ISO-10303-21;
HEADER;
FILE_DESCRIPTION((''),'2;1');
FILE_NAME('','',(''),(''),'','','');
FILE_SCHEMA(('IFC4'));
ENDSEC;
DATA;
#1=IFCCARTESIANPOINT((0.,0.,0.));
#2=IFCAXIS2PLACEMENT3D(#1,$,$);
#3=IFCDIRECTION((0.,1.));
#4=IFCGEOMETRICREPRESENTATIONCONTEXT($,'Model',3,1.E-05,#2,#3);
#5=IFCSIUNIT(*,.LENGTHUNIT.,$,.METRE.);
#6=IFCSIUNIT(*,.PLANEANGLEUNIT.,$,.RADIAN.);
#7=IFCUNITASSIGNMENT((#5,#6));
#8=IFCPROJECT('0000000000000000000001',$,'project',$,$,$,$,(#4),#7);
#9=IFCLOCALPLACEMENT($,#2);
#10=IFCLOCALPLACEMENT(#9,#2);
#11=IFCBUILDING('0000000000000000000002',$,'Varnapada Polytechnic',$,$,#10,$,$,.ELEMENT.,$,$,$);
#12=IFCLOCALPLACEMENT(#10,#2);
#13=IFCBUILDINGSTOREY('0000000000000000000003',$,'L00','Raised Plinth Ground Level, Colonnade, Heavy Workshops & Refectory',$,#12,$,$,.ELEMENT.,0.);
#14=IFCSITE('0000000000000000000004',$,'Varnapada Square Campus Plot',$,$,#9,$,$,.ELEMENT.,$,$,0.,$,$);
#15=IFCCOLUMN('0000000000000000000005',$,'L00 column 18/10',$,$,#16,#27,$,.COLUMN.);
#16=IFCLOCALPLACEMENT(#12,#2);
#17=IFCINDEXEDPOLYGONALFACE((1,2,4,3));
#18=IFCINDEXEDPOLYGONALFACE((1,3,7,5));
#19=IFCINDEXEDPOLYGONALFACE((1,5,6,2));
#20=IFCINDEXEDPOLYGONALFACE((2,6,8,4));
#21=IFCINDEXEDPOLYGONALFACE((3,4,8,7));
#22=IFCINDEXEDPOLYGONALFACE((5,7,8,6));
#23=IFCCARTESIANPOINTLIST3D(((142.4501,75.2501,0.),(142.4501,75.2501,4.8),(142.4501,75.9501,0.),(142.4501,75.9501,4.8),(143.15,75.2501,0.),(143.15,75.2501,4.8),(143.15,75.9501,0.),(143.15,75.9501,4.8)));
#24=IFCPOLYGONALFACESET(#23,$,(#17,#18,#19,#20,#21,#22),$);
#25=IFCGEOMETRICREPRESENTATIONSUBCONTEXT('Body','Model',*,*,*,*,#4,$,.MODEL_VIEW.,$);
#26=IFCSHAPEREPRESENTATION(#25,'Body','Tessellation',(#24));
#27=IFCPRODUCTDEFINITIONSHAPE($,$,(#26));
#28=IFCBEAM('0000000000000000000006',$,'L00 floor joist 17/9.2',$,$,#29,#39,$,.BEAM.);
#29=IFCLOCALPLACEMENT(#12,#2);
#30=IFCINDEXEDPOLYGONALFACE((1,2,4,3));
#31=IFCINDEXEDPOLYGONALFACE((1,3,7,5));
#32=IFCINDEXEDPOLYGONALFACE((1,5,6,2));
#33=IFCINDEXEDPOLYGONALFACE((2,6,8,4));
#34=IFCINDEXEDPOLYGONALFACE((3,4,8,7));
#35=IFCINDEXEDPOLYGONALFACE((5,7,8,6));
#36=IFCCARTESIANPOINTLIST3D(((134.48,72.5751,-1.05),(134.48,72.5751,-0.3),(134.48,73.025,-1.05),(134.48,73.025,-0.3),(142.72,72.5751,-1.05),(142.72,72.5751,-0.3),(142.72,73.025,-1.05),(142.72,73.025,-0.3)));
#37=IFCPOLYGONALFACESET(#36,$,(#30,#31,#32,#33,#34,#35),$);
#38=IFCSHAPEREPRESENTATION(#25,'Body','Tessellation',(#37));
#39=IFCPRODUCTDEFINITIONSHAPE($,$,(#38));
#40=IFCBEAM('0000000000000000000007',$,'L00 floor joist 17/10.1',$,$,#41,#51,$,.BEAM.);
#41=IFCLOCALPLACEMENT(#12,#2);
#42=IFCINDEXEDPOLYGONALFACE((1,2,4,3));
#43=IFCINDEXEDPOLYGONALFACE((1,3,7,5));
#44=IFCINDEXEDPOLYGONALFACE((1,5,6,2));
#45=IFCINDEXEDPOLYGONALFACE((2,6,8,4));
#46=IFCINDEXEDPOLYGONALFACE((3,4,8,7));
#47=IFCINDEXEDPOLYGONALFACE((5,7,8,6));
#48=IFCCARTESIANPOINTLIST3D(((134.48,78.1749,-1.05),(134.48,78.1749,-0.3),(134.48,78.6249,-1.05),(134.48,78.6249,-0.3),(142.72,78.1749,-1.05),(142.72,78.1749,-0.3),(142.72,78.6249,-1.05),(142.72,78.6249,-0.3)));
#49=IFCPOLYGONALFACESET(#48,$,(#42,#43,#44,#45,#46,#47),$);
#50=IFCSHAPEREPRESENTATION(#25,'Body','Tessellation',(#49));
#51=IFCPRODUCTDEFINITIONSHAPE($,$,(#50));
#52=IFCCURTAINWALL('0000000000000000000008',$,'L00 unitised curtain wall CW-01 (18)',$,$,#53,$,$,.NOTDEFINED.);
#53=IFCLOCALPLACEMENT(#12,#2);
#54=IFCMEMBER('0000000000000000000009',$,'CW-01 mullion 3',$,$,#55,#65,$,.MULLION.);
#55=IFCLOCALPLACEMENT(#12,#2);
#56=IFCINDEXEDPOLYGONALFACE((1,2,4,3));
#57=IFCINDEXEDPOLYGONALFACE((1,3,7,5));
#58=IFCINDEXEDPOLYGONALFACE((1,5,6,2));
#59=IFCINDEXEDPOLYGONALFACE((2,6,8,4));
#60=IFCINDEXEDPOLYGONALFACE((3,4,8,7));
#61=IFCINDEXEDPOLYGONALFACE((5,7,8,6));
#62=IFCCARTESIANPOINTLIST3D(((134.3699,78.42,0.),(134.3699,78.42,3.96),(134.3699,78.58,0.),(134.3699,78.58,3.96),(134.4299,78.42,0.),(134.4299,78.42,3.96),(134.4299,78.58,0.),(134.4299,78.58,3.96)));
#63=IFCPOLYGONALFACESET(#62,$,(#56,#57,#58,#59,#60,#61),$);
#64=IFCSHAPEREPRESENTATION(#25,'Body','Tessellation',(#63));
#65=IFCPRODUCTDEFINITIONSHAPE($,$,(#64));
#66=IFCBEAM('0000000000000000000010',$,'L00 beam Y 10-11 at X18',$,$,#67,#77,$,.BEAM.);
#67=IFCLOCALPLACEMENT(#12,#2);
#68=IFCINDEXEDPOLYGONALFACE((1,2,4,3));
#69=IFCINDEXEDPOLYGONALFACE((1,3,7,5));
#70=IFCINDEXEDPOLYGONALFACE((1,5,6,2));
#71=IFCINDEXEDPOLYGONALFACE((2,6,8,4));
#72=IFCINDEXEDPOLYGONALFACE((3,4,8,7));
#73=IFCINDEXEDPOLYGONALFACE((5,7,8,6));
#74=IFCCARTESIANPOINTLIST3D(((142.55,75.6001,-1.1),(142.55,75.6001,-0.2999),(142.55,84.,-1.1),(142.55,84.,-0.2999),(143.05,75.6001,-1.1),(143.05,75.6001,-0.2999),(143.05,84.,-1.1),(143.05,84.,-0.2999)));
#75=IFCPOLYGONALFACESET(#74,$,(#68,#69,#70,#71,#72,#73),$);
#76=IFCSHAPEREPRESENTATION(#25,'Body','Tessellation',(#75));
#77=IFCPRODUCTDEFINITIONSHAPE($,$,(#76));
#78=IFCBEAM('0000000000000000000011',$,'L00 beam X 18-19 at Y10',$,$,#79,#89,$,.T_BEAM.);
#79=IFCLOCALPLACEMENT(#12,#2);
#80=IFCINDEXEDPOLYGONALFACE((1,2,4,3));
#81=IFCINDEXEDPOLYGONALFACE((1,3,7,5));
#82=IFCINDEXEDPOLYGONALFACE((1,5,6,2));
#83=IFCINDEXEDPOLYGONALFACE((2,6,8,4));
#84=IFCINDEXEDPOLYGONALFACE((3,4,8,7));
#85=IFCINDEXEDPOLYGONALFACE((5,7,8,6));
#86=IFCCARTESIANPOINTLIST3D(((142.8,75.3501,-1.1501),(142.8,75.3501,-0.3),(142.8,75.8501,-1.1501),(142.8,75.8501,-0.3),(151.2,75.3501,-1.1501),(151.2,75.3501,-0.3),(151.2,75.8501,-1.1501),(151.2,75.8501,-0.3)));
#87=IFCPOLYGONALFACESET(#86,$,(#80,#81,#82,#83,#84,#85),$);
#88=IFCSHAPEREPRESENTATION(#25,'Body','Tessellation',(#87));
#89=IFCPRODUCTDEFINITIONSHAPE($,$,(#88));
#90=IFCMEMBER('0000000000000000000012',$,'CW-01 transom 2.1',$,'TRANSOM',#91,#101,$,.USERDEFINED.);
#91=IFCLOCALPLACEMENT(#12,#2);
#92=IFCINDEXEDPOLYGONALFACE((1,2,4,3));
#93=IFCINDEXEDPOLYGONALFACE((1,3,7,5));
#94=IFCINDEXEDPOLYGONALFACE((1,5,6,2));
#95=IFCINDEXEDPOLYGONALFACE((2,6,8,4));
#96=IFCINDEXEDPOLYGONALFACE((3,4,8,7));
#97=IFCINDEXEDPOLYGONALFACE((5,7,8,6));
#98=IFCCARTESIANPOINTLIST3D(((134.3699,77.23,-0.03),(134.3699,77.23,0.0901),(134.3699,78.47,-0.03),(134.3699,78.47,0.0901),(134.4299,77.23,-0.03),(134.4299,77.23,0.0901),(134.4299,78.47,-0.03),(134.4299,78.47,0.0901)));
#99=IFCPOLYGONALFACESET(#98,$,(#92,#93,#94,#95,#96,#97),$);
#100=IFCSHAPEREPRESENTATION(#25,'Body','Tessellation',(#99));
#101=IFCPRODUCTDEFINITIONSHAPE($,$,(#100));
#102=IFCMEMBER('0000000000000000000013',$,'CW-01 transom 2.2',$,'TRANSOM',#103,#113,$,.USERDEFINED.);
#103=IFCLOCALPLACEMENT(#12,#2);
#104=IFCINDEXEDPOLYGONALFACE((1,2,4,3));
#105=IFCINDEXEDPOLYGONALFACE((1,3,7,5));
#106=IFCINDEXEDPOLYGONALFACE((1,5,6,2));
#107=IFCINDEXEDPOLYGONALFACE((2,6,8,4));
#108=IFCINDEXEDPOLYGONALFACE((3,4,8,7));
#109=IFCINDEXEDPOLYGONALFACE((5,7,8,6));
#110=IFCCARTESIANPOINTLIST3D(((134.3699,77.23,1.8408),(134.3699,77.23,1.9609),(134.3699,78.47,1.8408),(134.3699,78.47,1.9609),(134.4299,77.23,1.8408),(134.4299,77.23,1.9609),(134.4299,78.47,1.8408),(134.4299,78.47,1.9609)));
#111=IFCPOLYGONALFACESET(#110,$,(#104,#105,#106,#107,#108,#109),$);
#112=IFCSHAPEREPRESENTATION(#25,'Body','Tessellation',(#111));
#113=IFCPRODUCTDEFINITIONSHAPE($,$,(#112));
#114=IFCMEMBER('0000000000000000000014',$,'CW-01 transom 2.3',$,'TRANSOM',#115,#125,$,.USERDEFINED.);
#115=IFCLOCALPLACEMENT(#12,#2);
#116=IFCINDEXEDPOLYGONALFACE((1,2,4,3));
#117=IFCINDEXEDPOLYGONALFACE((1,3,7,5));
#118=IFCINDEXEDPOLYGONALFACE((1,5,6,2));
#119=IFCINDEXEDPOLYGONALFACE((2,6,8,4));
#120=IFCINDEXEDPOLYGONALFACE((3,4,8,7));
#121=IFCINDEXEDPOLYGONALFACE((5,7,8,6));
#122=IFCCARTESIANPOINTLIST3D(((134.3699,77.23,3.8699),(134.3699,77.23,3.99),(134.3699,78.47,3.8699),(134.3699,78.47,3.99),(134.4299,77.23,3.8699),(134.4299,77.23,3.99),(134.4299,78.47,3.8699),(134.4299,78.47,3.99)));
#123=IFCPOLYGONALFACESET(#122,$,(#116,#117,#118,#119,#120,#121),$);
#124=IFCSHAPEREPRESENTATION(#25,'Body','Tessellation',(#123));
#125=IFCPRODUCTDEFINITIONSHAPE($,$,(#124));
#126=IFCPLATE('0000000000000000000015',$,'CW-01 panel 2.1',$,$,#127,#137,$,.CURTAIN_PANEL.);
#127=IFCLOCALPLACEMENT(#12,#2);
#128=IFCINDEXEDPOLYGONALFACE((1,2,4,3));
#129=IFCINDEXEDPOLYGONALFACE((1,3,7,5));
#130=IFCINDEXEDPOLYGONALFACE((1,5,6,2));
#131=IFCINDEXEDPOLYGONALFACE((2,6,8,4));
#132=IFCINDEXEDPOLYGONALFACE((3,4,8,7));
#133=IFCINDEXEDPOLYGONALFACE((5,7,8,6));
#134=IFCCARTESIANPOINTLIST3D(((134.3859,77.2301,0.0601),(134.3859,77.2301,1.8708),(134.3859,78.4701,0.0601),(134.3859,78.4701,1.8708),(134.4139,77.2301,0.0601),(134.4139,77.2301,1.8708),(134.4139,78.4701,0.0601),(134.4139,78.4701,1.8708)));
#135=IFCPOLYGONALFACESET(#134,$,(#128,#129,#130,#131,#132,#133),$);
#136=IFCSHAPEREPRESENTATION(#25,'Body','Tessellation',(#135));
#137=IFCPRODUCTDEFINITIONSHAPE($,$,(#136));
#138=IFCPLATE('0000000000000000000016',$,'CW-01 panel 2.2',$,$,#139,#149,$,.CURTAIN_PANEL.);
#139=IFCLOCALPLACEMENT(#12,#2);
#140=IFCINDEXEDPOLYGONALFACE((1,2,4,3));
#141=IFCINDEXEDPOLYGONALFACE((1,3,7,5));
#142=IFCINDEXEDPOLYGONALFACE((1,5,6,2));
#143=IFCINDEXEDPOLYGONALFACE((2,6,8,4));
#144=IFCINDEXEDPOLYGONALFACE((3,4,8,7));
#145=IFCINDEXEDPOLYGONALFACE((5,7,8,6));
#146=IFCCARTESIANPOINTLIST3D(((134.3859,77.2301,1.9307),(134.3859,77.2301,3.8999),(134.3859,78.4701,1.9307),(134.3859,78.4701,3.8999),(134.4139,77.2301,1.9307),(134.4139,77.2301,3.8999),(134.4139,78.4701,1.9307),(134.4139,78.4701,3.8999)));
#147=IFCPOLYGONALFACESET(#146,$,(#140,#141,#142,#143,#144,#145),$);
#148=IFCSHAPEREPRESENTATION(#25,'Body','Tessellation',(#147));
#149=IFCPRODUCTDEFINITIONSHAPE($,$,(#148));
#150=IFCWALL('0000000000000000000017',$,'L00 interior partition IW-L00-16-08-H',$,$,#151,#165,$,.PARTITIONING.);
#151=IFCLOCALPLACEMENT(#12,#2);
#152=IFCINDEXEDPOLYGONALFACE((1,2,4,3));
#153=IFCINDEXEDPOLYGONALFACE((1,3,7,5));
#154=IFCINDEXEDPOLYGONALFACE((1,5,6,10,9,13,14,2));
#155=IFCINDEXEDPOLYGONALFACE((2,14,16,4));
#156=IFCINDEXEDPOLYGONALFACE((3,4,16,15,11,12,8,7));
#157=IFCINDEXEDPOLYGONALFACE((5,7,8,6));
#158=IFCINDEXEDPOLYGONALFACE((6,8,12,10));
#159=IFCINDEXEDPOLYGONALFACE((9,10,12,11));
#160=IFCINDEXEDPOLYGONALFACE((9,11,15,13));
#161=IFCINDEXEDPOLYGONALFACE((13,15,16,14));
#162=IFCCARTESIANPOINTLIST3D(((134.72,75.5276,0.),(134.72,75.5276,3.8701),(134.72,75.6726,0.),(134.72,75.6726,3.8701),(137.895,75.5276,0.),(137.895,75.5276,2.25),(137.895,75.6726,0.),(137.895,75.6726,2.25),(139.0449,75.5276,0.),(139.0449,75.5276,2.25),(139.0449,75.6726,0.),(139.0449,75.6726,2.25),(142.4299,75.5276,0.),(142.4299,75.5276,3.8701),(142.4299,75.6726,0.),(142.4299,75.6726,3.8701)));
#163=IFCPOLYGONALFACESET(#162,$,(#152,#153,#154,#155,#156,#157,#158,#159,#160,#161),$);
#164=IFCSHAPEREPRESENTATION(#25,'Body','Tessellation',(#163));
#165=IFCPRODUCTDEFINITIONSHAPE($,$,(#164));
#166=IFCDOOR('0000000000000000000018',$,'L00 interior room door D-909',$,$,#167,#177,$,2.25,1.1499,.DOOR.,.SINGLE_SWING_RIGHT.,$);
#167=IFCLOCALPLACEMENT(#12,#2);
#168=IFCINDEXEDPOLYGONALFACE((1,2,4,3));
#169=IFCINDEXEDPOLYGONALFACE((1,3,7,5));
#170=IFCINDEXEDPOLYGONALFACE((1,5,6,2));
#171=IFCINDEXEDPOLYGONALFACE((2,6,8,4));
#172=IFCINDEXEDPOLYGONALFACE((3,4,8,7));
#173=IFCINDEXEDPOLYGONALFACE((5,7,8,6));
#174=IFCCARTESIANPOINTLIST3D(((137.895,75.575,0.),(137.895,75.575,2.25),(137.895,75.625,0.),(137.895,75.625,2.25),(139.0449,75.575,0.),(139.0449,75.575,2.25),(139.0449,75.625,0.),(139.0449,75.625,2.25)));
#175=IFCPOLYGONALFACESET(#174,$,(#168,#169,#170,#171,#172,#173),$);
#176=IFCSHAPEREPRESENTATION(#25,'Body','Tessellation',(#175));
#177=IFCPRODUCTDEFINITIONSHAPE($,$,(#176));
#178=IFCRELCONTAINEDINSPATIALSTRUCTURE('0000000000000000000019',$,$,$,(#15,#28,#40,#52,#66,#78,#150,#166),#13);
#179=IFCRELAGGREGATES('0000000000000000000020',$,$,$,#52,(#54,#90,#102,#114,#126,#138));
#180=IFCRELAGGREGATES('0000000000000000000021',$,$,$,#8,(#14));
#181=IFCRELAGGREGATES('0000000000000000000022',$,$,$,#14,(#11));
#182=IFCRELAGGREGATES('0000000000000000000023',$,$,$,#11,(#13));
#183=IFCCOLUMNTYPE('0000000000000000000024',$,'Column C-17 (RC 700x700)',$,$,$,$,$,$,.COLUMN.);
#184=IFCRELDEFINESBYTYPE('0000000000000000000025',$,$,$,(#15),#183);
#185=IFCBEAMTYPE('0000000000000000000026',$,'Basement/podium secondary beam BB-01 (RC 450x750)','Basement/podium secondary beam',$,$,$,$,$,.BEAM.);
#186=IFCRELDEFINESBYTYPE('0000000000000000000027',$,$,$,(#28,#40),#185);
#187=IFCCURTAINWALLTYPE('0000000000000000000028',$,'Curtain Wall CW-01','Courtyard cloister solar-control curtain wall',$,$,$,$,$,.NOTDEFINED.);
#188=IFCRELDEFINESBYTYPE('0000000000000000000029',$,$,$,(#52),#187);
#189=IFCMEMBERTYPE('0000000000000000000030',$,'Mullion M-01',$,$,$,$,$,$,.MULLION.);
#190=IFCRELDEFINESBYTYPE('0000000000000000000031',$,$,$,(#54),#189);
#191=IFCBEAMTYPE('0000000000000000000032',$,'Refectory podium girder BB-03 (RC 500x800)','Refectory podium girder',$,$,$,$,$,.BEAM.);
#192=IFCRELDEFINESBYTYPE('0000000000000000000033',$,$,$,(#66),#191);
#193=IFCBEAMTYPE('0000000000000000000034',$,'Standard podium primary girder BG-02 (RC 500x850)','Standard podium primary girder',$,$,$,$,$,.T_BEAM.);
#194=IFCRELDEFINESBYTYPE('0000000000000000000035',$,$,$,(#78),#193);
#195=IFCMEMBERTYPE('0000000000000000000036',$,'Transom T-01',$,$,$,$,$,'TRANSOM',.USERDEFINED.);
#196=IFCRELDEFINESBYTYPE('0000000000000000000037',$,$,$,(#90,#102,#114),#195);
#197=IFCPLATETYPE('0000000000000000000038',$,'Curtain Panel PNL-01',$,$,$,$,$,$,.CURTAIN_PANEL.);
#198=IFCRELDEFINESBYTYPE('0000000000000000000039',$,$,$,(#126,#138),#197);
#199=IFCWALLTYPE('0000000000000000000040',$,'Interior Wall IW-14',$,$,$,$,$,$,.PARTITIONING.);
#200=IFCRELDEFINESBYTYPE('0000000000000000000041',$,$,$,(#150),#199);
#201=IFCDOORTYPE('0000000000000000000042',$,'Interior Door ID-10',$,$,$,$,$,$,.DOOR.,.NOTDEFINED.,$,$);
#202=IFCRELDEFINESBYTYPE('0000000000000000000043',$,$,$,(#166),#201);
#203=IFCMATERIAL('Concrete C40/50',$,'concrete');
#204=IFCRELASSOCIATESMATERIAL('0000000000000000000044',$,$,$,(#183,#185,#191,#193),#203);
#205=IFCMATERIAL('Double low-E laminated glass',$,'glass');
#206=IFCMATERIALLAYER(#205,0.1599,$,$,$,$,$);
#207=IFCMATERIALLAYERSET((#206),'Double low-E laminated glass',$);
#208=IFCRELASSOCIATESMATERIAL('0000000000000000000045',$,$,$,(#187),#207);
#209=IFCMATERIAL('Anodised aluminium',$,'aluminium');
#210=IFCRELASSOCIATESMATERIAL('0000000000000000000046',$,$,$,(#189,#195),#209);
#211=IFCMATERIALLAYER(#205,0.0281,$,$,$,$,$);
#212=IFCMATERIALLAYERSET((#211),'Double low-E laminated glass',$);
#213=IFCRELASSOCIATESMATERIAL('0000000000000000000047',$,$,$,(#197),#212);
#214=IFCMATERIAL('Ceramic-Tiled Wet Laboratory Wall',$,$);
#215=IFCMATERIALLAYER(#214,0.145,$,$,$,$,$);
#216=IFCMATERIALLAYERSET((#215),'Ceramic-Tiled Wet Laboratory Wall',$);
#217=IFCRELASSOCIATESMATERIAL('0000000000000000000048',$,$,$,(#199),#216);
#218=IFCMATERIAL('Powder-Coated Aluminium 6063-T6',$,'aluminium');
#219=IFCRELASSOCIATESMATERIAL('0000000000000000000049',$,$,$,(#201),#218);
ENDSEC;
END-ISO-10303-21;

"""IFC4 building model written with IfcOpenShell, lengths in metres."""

from ifc_helpers import new_model, si_unit, direction, frame, frame_2d, origin, origin_2d, place, context, subcontext, project, spatial, rectangle, extrude, material, layer, layer_set, material_profile, profile_set, type_object, element, fill, aggregate, save


model = new_model("IFC4")

# Units and contexts
model_context = context("Model", 3, precision=1e-05, world=origin(), true_north=direction((0.0, 1.0)))
body_context = subcontext(model_context, "Body", "Model", "MODEL_VIEW")
ifc_project = project(units=[si_unit("LENGTHUNIT", "METRE"), si_unit("PLANEANGLEUNIT", "RADIAN")], contexts=[model_context])

# Site, building, storey
site_placement = place(None, origin())
site = spatial("IfcSite", under=ifc_project, at=site_placement, Name="Varnapada Square Campus Plot", CompositionType="ELEMENT", RefElevation=0.0)
building_placement = place(site_placement, origin())
building = spatial("IfcBuilding", under=site, at=building_placement, Name="Varnapada Polytechnic", CompositionType="ELEMENT")
storey_placement = place(building_placement, origin())
storey = spatial("IfcBuildingStorey", under=building, at=storey_placement, Name="L00", Description="Raised Plinth Ground Level, Colonnade, Heavy Workshops & Refectory", CompositionType="ELEMENT", Elevation=0.0)

# Column
ifc_material_1 = material(Name="Concrete C40/50", Category="concrete")
ifc_material_profile_1 = material_profile(ifc_material_1, rectangle(XDim=0.7, YDim=0.7, at=origin_2d()), Name="RC 700x700")
ifc_profile_set_1 = profile_set([ifc_material_profile_1], Name="Concrete C40/50")
column_type = type_object("IfcColumnType", Name="Column C-17 (RC 700x700)", PredefinedType="COLUMN", material=ifc_profile_set_1)
column_placement = place(storey_placement, frame((142.8, 75.6001, 0.0), z_axis=(0.0, 0.0, 1.0), x_axis=(1.0, 0.0, 0.0)))
element("IfcColumn", 1, at=column_placement, inside=storey, type_object=column_type, Name="L00 column 18/10", PredefinedType="COLUMN", context=body_context, shape_type="SweptSolid", body=[
    extrude(rectangle(XDim=0.7, YDim=0.7, at=origin_2d()), origin(), (0.0, 0.0, 1.0), 4.8),
])

# Beams
ifc_material_profile_2 = material_profile(ifc_material_1, rectangle(XDim=0.45, YDim=0.75, at=origin_2d()), Name="RC 450x750")
ifc_profile_set_2 = profile_set([ifc_material_profile_2], Name="Concrete C40/50")
beam_type_1 = type_object("IfcBeamType", Name="Basement/podium secondary beam BB-01 (RC 450x750)", Description="Basement/podium secondary beam", PredefinedType="BEAM", material=ifc_profile_set_2)
for number, where, z_axis, x_axis, name in (
    (2, (134.48, 72.8, -0.675), (1.0, 0.0, 0.0), (0.0, 1.0, 0.0), "L00 floor joist 17/9.2"),
    (3, (134.48, 78.3999, -0.675), (1.0, 0.0, 0.0), (0.0, 1.0, 0.0), "L00 floor joist 17/10.1"),
):
    element("IfcBeam", number, at=place(storey_placement, frame(where, z_axis=z_axis, x_axis=x_axis)), inside=storey, type_object=beam_type_1, Name=name, PredefinedType="BEAM", context=body_context, shape_type="SweptSolid", body=[
        extrude(rectangle(XDim=0.45, YDim=0.75, at=origin_2d()), origin(), (0.0, 0.0, 1.0), 8.24),
    ])

# Curtain wall, member
ifc_material_2 = material(Name="Double low-E laminated glass", Category="glass")
ifc_layer_1 = layer(ifc_material_2, 0.1599)
ifc_layer_set_1 = layer_set([ifc_layer_1], Name="Double low-E laminated glass")
curtain_wall_type = type_object("IfcCurtainWallType", Name="Curtain Wall CW-01", Description="Courtyard cloister solar-control curtain wall", PredefinedType="NOTDEFINED", material=ifc_layer_set_1)
curtain_wall_placement = place(storey_placement, origin())
curtain_wall = element("IfcCurtainWall", 4, at=curtain_wall_placement, inside=storey, type_object=curtain_wall_type, Name="L00 unitised curtain wall CW-01 (18)", PredefinedType="NOTDEFINED")
ifc_material_3 = material(Name="Anodised aluminium", Category="aluminium")
ifc_material_profile_3 = material_profile(ifc_material_3, rectangle(XDim=0.0601, YDim=0.1599, at=origin_2d()), Name="ALU M60x160")
ifc_profile_set_3 = profile_set([ifc_material_profile_3], Name="Anodised aluminium")
member_type_1 = type_object("IfcMemberType", Name="Mullion M-01", PredefinedType="MULLION", material=ifc_profile_set_3)
member_1_placement = place(storey_placement, frame((134.3999, 78.5, 0.0), z_axis=(0.0, 0.0, 1.0), x_axis=(-1.0, 0.0, 0.0)))
member_1 = element("IfcMember", 5, at=member_1_placement, type_object=member_type_1, Name="CW-01 mullion 3", PredefinedType="MULLION", context=body_context, shape_type="SweptSolid", body=[
    extrude(rectangle(XDim=0.0601, YDim=0.1599, at=origin_2d()), origin(), (0.0, 0.0, 1.0), 3.96),
])

# Beams
ifc_material_profile_4 = material_profile(ifc_material_1, rectangle(XDim=0.5, YDim=0.8, at=origin_2d()), Name="RC 500x800")
ifc_profile_set_4 = profile_set([ifc_material_profile_4], Name="Concrete C40/50")
beam_type_2 = type_object("IfcBeamType", Name="Refectory podium girder BB-03 (RC 500x800)", Description="Refectory podium girder", PredefinedType="BEAM", material=ifc_profile_set_4)
beam_1_placement = place(storey_placement, frame((142.8, 75.6001, -0.7), z_axis=(0.0, 1.0, 0.0), x_axis=(-1.0, 0.0, 0.0)))
element("IfcBeam", 6, at=beam_1_placement, inside=storey, type_object=beam_type_2, Name="L00 beam Y 10-11 at X18", PredefinedType="BEAM", context=body_context, shape_type="SweptSolid", body=[
    extrude(rectangle(XDim=0.5, YDim=0.8, at=origin_2d()), origin(), (0.0, 0.0, 1.0), 8.3999),
])
ifc_material_profile_5 = material_profile(ifc_material_1, rectangle(XDim=0.5, YDim=0.8501, at=origin_2d()), Name="RC 500x850")
ifc_profile_set_5 = profile_set([ifc_material_profile_5], Name="Concrete C40/50")
beam_type_3 = type_object("IfcBeamType", Name="Standard podium primary girder BG-02 (RC 500x850)", Description="Standard podium primary girder", PredefinedType="T_BEAM", material=ifc_profile_set_5)
beam_2_placement = place(storey_placement, frame((142.8, 75.6001, -0.7251), z_axis=(1.0, 0.0, 0.0), x_axis=(0.0, 1.0, 0.0)))
element("IfcBeam", 7, at=beam_2_placement, inside=storey, type_object=beam_type_3, Name="L00 beam X 18-19 at Y10", PredefinedType="T_BEAM", context=body_context, shape_type="SweptSolid", body=[
    extrude(rectangle(XDim=0.5, YDim=0.8501, at=origin_2d()), origin(), (0.0, 0.0, 1.0), 8.3999),
])

# Members
ifc_material_profile_6 = material_profile(ifc_material_3, rectangle(XDim=0.0601, YDim=0.1201, at=origin_2d()), Name="ALU T60x120")
ifc_profile_set_6 = profile_set([ifc_material_profile_6], Name="Anodised aluminium")
member_type_2 = type_object("IfcMemberType", Name="Transom T-01", ElementType="TRANSOM", PredefinedType="USERDEFINED", material=ifc_profile_set_6)
member_2_placement = place(storey_placement, frame((134.3999, 77.23, 0.03), z_axis=(0.0, 1.0, 0.0), x_axis=(-1.0, 0.0, 0.0)))
member_2 = element("IfcMember", 8, at=member_2_placement, type_object=member_type_2, Name="CW-01 transom 2.1", ObjectType="TRANSOM", PredefinedType="USERDEFINED", context=body_context, shape_type="SweptSolid", body=[
    extrude(rectangle(XDim=0.0601, YDim=0.1201, at=origin_2d()), origin(), (0.0, 0.0, 1.0), 1.24),
])
member_3_placement = place(storey_placement, frame((134.3999, 77.23, 1.9009), z_axis=(0.0, 1.0, 0.0), x_axis=(-1.0, 0.0, 0.0)))
member_3 = element("IfcMember", 9, at=member_3_placement, type_object=member_type_2, Name="CW-01 transom 2.2", ObjectType="TRANSOM", PredefinedType="USERDEFINED", context=body_context, shape_type="SweptSolid", body=[
    extrude(rectangle(XDim=0.0601, YDim=0.1201, at=origin_2d()), origin(), (0.0, 0.0, 1.0), 1.24),
])
member_4_placement = place(storey_placement, frame((134.3999, 77.23, 3.9299), z_axis=(0.0, 1.0, 0.0), x_axis=(-1.0, 0.0, 0.0)))
member_4 = element("IfcMember", 10, at=member_4_placement, type_object=member_type_2, Name="CW-01 transom 2.3", ObjectType="TRANSOM", PredefinedType="USERDEFINED", context=body_context, shape_type="SweptSolid", body=[
    extrude(rectangle(XDim=0.0601, YDim=0.1201, at=origin_2d()), origin(), (0.0, 0.0, 1.0), 1.24),
])

# Plates
ifc_layer_2 = layer(ifc_material_2, 0.0281)
ifc_layer_set_2 = layer_set([ifc_layer_2], Name="Double low-E laminated glass")
plate_type = type_object("IfcPlateType", Name="Curtain Panel PNL-01", PredefinedType="CURTAIN_PANEL", material=ifc_layer_set_2)
plate_1_placement = place(storey_placement, frame((134.3999, 77.8501, 0.0601), z_axis=(0.0, 0.0, 1.0), x_axis=(0.0, 1.0, 0.0)))
plate_1 = element("IfcPlate", 11, at=plate_1_placement, type_object=plate_type, Name="CW-01 panel 2.1", PredefinedType="CURTAIN_PANEL", context=body_context, shape_type="SweptSolid", body=[
    extrude(rectangle(XDim=1.24, YDim=0.0281, at=origin_2d()), origin(), (0.0, 0.0, 1.0), 1.8108),
])
plate_2_placement = place(storey_placement, frame((134.3999, 77.8501, 1.9307), z_axis=(0.0, 0.0, 1.0), x_axis=(0.0, 1.0, 0.0)))
plate_2 = element("IfcPlate", 12, at=plate_2_placement, type_object=plate_type, Name="CW-01 panel 2.2", PredefinedType="CURTAIN_PANEL", context=body_context, shape_type="SweptSolid", body=[
    extrude(rectangle(XDim=1.24, YDim=0.0281, at=origin_2d()), origin(), (0.0, 0.0, 1.0), 1.9692),
])
aggregate(curtain_wall, [member_1, member_2, member_3, member_4, plate_1, plate_2])

# Wall, opening, door
ifc_material_4 = material(Name="Ceramic-Tiled Wet Laboratory Wall")
ifc_layer_3 = layer(ifc_material_4, 0.145)
ifc_layer_set_3 = layer_set([ifc_layer_3], Name="Ceramic-Tiled Wet Laboratory Wall")
wall_type_1 = type_object("IfcWallType", Name="Interior Wall IW-14", PredefinedType="PARTITIONING", material=ifc_layer_set_3)
wall_1_placement = place(storey_placement, frame((134.72, 75.6001, 0.0), z_axis=(0.0, 0.0, 1.0), x_axis=(1.0, 0.0, 0.0)))
wall_1 = element("IfcWall", 13, at=wall_1_placement, inside=storey, type_object=wall_type_1, Name="L00 interior partition IW-L00-16-08-H", PredefinedType="PARTITIONING", context=body_context, shape_type="SweptSolid", body=[
    extrude(rectangle(XDim=7.71, YDim=0.145, at=frame_2d((3.855, 0.0))), origin(), (0.0, 0.0, 1.0), 3.8701),
])
opening_placement = place(wall_1_placement, frame((3.175, 0.0, 0.0)))
opening = element("IfcOpeningElement", 14, at=opening_placement, cuts=wall_1, PredefinedType="OPENING", context=body_context, shape_type="SweptSolid", body=[
    extrude(rectangle(XDim=1.1499, YDim=2.25, at=frame_2d((0.575, 1.125))), frame((0.0, 0.0825, 0.0), z_axis=(0.0, -1.0, 0.0), x_axis=(1.0, 0.0, 0.0)), (0.0, 0.0, 1.0), 0.165),
])
ifc_material_5 = material(Name="Powder-Coated Aluminium 6063-T6", Category="aluminium")
door_type = type_object("IfcDoorType", Name="Interior Door ID-10", OperationType="NOTDEFINED", PredefinedType="DOOR", material=ifc_material_5)
door_placement = place(opening_placement, origin())
door = element("IfcDoor", 15, at=door_placement, inside=storey, type_object=door_type, Name="L00 interior room door D-909", OperationType="SINGLE_SWING_RIGHT", OverallHeight=2.25, OverallWidth=1.1499, PredefinedType="DOOR", context=body_context, shape_type="SweptSolid", body=[
    extrude(rectangle(XDim=1.1499, YDim=2.25, at=frame_2d((0.575, 1.125))), frame((0.0, 0.0249, 0.0), z_axis=(0.0, -1.0, 0.0), x_axis=(1.0, 0.0, 0.0)), (0.0, 0.0, 1.0), 0.05),
])
fill(opening, door)

save(model, "model.ifc")
